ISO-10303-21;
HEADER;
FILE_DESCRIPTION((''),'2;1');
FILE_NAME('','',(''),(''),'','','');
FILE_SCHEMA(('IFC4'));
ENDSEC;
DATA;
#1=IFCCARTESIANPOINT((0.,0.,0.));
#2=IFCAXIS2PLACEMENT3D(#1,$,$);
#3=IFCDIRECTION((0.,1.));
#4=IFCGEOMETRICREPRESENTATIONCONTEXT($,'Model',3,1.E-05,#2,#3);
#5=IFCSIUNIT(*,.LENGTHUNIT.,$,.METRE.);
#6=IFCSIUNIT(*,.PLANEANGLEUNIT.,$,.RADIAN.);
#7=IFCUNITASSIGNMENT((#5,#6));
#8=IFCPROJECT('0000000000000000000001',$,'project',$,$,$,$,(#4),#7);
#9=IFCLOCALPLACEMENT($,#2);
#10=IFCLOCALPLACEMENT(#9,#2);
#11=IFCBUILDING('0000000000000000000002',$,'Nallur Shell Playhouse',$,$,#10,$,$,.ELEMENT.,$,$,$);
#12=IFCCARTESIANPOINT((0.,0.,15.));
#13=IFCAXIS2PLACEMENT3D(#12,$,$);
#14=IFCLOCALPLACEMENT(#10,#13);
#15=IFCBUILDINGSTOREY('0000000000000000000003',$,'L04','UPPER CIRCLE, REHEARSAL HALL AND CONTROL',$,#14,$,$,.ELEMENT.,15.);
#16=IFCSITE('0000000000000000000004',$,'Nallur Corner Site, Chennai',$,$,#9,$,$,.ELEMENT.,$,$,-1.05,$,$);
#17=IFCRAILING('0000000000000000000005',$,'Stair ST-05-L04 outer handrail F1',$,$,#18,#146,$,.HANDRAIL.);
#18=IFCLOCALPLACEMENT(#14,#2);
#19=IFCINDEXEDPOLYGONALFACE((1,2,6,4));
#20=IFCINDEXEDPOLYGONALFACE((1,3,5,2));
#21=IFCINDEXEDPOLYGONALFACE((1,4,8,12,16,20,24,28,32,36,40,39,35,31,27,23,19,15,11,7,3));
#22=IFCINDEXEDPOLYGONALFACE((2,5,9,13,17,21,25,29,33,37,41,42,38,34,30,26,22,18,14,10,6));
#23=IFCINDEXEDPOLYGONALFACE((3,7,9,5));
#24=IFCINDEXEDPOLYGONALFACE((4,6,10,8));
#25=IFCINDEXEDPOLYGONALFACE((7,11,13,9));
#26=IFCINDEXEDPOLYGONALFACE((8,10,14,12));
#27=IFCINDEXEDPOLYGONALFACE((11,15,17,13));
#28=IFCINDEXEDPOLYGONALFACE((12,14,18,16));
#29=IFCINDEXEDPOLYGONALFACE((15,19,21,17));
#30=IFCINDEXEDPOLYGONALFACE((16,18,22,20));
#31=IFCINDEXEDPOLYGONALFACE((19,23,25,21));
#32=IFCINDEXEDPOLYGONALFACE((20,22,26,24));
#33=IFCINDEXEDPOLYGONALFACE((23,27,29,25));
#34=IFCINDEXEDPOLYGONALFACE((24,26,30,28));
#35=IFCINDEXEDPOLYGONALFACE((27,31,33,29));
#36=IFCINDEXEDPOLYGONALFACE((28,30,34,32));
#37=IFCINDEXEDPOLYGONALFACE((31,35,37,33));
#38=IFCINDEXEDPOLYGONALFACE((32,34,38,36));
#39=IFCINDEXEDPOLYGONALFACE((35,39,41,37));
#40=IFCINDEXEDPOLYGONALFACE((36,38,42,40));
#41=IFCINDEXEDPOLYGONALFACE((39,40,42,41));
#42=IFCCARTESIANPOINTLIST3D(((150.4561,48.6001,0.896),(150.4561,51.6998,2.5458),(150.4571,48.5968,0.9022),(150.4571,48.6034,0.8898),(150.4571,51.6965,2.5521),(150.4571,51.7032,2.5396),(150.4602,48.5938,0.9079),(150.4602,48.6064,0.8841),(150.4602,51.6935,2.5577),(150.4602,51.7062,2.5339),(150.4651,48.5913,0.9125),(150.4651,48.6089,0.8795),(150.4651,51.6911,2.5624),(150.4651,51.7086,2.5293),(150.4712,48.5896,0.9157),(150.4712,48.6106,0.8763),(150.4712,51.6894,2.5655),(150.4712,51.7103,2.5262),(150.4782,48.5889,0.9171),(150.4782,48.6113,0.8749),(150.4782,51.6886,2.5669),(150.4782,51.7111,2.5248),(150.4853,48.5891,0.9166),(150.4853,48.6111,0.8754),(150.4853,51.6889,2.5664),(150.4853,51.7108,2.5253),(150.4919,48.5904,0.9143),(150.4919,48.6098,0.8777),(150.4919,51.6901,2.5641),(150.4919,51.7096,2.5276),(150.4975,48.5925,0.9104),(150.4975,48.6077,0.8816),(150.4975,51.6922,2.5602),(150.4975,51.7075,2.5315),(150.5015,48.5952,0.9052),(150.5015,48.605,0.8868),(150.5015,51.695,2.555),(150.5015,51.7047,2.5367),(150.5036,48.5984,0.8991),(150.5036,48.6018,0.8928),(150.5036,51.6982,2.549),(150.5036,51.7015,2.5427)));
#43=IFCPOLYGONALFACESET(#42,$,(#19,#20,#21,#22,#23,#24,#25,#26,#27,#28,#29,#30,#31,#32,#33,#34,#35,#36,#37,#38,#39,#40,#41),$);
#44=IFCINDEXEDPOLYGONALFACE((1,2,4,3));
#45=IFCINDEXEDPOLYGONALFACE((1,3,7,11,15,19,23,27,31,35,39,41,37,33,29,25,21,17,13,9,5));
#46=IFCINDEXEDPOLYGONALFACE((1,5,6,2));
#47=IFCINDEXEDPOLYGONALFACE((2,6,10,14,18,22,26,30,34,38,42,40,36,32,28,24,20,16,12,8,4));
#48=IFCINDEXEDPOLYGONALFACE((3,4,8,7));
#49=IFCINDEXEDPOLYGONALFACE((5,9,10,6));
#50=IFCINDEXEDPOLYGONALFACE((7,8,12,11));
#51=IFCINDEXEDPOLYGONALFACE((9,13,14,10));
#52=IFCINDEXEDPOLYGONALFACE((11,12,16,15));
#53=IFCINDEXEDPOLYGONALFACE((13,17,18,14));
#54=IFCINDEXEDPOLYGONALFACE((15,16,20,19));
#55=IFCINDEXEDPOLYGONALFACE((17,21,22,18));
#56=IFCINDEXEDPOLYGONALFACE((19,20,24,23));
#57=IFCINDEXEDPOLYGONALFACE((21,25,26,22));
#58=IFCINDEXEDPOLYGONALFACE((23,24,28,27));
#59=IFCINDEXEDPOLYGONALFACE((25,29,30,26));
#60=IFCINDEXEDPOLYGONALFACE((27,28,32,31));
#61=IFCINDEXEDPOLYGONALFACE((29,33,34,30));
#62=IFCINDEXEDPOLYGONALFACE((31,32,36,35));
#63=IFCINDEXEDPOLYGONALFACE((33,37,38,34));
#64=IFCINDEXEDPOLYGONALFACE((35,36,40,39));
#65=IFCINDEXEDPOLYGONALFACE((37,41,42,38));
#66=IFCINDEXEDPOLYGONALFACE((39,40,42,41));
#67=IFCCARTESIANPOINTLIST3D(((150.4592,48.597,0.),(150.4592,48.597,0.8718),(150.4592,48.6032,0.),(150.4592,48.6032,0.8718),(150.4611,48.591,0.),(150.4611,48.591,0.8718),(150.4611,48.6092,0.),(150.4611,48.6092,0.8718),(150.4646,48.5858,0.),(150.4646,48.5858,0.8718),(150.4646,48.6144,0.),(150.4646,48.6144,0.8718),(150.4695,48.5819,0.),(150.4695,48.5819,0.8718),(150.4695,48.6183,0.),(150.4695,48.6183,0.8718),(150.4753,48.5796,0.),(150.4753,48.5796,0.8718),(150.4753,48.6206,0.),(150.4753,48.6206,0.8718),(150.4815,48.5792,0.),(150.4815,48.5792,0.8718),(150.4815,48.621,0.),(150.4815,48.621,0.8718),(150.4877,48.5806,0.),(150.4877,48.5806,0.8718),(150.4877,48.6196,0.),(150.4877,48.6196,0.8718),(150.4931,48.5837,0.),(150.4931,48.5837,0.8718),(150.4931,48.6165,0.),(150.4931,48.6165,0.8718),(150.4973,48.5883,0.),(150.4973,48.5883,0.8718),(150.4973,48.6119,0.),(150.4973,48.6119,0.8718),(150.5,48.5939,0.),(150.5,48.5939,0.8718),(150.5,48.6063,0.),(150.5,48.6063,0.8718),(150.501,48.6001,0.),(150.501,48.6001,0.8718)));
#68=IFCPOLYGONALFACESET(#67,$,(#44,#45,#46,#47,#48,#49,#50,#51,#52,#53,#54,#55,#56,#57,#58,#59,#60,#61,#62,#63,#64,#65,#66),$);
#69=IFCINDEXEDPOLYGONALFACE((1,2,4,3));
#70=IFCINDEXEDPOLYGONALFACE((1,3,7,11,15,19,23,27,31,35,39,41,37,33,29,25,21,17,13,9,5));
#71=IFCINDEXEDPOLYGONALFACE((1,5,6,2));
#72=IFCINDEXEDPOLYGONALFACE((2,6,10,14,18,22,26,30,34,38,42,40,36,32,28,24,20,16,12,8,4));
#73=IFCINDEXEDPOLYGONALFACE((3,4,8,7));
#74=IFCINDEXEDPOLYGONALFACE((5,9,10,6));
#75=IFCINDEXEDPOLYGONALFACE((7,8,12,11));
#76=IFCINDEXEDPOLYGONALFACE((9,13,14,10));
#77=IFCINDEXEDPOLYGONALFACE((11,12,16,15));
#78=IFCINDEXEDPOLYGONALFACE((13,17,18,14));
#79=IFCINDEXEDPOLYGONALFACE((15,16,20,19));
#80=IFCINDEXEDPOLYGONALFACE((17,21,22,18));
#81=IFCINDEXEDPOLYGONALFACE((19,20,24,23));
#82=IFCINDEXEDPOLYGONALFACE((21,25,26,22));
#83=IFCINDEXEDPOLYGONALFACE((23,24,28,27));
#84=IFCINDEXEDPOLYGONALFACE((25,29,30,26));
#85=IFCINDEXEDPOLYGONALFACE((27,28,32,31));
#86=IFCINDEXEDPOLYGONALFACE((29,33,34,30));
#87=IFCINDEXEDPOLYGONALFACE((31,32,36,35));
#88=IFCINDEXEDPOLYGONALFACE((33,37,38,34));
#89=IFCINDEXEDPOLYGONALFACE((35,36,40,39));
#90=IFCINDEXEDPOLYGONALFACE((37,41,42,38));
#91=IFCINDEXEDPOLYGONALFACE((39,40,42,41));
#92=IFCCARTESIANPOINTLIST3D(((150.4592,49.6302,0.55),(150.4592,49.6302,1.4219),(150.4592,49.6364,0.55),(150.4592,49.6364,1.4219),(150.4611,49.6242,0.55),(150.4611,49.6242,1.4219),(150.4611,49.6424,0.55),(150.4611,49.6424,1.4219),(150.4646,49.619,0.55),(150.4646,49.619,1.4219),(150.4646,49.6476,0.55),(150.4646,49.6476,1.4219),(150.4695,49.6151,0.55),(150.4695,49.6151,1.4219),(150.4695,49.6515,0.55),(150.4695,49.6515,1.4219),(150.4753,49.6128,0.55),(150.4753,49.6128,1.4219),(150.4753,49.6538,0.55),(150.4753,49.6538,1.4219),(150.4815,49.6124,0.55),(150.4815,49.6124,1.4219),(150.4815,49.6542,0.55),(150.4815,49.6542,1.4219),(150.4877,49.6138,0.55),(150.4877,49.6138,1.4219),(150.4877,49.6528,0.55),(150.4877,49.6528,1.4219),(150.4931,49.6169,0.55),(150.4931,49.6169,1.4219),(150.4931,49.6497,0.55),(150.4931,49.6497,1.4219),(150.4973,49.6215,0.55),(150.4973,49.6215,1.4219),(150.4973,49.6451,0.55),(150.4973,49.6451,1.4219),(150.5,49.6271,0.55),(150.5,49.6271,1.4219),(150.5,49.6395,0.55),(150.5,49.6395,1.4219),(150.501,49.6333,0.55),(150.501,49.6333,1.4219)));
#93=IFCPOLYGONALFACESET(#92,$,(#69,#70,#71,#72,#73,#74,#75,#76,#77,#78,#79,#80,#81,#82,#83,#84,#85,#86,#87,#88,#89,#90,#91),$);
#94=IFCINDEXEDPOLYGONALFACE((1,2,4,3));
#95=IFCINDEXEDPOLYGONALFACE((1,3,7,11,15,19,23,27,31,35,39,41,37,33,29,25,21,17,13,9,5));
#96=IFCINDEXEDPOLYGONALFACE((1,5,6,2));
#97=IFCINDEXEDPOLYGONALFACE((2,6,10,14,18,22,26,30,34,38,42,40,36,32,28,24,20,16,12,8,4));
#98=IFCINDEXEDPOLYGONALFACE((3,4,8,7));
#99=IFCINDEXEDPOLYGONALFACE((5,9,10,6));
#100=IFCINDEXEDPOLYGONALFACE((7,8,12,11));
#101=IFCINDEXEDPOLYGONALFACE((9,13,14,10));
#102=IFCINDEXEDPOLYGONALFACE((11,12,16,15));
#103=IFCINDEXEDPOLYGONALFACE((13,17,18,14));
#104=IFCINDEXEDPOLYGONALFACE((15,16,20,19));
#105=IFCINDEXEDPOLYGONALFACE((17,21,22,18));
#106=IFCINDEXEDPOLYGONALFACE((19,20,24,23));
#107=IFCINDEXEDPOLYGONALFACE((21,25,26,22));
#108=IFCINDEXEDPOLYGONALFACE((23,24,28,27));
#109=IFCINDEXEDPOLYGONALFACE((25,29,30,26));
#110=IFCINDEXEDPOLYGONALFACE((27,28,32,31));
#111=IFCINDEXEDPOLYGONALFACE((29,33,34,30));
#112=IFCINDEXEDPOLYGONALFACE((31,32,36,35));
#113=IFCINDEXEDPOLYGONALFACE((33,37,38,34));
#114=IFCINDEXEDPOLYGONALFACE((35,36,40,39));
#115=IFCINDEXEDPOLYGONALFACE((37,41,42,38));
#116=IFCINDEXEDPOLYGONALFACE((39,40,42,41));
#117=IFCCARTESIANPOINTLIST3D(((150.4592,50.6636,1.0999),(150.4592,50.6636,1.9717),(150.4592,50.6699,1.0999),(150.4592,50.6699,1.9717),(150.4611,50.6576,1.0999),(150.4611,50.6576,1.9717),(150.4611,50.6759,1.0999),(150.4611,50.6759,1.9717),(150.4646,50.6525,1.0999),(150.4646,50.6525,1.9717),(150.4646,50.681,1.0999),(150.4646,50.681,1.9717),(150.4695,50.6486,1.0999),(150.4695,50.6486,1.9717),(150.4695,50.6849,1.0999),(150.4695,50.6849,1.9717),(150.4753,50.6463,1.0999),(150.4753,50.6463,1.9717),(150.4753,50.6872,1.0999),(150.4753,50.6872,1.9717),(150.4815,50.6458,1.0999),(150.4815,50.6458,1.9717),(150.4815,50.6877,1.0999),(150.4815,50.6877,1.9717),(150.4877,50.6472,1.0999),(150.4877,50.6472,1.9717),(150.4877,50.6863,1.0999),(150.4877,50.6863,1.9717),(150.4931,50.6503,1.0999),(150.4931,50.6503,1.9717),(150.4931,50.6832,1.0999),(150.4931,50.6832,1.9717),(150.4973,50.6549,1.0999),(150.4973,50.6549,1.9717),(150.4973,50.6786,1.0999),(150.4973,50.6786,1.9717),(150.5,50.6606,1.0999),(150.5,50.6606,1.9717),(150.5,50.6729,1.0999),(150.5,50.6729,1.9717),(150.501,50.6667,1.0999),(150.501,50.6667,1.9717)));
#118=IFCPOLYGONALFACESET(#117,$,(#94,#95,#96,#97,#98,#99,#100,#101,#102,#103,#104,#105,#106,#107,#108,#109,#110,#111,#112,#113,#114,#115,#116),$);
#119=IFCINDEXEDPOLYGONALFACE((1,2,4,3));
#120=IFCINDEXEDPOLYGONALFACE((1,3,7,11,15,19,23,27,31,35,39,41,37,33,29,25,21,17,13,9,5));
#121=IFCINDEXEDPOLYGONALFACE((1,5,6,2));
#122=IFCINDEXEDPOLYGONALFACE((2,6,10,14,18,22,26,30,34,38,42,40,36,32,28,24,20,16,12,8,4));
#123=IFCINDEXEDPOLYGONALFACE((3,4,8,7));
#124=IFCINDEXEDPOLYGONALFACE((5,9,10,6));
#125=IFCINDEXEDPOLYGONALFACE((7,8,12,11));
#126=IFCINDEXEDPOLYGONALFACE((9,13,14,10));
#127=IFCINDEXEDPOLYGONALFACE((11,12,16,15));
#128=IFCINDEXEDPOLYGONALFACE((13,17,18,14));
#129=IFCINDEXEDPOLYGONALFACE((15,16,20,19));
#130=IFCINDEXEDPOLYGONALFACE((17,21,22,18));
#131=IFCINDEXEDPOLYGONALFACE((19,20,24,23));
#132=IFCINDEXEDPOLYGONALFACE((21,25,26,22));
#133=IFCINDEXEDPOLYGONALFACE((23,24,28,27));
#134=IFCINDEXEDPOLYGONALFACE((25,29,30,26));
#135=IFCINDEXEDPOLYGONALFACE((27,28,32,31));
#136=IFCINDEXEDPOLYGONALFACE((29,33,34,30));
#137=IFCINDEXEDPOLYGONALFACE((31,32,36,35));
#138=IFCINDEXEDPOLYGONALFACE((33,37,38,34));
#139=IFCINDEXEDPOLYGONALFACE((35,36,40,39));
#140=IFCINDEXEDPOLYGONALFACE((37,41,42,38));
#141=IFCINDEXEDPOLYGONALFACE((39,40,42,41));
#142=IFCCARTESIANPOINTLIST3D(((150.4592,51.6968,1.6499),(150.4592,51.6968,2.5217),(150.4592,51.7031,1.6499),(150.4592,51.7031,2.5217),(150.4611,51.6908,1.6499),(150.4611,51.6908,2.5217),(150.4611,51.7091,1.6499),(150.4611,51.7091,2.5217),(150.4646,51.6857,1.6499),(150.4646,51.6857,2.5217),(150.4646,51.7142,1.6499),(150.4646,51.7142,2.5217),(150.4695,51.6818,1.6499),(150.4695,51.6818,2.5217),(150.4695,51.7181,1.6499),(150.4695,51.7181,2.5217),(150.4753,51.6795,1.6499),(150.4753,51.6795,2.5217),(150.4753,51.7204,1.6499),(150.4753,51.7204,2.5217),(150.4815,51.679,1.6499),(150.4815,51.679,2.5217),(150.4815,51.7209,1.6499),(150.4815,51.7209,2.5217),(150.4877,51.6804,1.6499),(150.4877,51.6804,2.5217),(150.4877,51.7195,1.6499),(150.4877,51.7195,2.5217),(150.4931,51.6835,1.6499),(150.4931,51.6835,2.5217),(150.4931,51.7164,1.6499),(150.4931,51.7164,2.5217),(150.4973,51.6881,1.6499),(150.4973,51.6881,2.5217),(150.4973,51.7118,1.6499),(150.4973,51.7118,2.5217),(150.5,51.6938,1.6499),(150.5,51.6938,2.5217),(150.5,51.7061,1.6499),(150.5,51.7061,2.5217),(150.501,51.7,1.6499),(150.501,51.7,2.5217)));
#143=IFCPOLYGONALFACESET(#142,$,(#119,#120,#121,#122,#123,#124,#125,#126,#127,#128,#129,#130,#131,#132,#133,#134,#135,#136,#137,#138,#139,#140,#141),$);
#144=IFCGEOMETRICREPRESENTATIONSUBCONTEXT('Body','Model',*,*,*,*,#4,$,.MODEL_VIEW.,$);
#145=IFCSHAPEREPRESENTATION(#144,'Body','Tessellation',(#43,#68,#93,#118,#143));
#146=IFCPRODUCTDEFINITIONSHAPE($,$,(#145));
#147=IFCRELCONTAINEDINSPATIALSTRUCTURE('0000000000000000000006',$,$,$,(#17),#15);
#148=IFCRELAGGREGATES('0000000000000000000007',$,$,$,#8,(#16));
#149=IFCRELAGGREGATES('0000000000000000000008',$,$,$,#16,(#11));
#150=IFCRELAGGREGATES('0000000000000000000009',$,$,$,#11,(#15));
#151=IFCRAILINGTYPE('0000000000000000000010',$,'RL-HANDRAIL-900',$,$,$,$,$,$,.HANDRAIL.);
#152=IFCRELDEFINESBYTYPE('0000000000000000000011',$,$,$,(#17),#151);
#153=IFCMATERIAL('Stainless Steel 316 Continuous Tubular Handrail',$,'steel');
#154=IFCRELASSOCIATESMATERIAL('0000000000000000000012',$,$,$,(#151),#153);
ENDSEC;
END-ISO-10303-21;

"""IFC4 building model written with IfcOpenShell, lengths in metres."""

from ifc_helpers import new_model, si_unit, direction, frame, origin, origin_2d, place, context, subcontext, project, spatial, circle, extrude, material, type_object, element, save


model = new_model("IFC4")

# Units and contexts
model_context = context("Model", 3, precision=1e-05, world=origin(), true_north=direction((0.0, 1.0)))
body_context = subcontext(model_context, "Body", "Model", "MODEL_VIEW")
ifc_project = project(units=[si_unit("LENGTHUNIT", "METRE"), si_unit("PLANEANGLEUNIT", "RADIAN")], contexts=[model_context])

# Site, building, storey
site_placement = place(None, origin())
site = spatial("IfcSite", under=ifc_project, at=site_placement, Name="Nallur Corner Site, Chennai", CompositionType="ELEMENT", RefElevation=-1.05)
building_placement = place(site_placement, origin())
building = spatial("IfcBuilding", under=site, at=building_placement, Name="Nallur Shell Playhouse", CompositionType="ELEMENT")
storey_placement = place(building_placement, frame((0.0, 0.0, 15.0)))
storey = spatial("IfcBuildingStorey", under=building, at=storey_placement, Name="L04", Description="UPPER CIRCLE, REHEARSAL HALL AND CONTROL", CompositionType="ELEMENT", Elevation=15.0)

# Railing
ifc_material_1 = material(Name="Stainless Steel 316 Continuous Tubular Handrail", Category="steel")
railing_type_1 = type_object("IfcRailingType", Name="RL-HANDRAIL-900", PredefinedType="HANDRAIL", material=ifc_material_1)
railing_1_placement = place(storey_placement, frame((150.48, 48.6001, 0.0)))
element("IfcRailing", 1, at=railing_1_placement, inside=storey, type_object=railing_type_1, Name="Stair ST-05-L04 outer handrail F1", PredefinedType="HANDRAIL", context=body_context, shape_type="SweptSolid", body=[
    extrude(circle(Radius=0.0239, at=origin_2d()), frame((0.0, 0.0, 0.896), z_axis=(0.0, 0.882749, 0.469845), x_axis=(-1.0, 0.0, 0.0)), (0.0, 0.0, 1.0), 3.5115),
    extrude(circle(Radius=0.021, at=origin_2d()), origin(), (0.0, 0.0, 1.0), 0.8718),
    extrude(circle(Radius=0.021, at=origin_2d()), frame((0.0, 1.0332, 0.55)), (0.0, 0.0, 1.0), 0.8718),
    extrude(circle(Radius=0.021, at=origin_2d()), frame((0.0, 2.0667, 1.0999)), (0.0, 0.0, 1.0), 0.8718),
    extrude(circle(Radius=0.021, at=origin_2d()), frame((0.0, 3.0999, 1.6499)), (0.0, 0.0, 1.0), 0.8718),
])

save(model, "model.ifc")
